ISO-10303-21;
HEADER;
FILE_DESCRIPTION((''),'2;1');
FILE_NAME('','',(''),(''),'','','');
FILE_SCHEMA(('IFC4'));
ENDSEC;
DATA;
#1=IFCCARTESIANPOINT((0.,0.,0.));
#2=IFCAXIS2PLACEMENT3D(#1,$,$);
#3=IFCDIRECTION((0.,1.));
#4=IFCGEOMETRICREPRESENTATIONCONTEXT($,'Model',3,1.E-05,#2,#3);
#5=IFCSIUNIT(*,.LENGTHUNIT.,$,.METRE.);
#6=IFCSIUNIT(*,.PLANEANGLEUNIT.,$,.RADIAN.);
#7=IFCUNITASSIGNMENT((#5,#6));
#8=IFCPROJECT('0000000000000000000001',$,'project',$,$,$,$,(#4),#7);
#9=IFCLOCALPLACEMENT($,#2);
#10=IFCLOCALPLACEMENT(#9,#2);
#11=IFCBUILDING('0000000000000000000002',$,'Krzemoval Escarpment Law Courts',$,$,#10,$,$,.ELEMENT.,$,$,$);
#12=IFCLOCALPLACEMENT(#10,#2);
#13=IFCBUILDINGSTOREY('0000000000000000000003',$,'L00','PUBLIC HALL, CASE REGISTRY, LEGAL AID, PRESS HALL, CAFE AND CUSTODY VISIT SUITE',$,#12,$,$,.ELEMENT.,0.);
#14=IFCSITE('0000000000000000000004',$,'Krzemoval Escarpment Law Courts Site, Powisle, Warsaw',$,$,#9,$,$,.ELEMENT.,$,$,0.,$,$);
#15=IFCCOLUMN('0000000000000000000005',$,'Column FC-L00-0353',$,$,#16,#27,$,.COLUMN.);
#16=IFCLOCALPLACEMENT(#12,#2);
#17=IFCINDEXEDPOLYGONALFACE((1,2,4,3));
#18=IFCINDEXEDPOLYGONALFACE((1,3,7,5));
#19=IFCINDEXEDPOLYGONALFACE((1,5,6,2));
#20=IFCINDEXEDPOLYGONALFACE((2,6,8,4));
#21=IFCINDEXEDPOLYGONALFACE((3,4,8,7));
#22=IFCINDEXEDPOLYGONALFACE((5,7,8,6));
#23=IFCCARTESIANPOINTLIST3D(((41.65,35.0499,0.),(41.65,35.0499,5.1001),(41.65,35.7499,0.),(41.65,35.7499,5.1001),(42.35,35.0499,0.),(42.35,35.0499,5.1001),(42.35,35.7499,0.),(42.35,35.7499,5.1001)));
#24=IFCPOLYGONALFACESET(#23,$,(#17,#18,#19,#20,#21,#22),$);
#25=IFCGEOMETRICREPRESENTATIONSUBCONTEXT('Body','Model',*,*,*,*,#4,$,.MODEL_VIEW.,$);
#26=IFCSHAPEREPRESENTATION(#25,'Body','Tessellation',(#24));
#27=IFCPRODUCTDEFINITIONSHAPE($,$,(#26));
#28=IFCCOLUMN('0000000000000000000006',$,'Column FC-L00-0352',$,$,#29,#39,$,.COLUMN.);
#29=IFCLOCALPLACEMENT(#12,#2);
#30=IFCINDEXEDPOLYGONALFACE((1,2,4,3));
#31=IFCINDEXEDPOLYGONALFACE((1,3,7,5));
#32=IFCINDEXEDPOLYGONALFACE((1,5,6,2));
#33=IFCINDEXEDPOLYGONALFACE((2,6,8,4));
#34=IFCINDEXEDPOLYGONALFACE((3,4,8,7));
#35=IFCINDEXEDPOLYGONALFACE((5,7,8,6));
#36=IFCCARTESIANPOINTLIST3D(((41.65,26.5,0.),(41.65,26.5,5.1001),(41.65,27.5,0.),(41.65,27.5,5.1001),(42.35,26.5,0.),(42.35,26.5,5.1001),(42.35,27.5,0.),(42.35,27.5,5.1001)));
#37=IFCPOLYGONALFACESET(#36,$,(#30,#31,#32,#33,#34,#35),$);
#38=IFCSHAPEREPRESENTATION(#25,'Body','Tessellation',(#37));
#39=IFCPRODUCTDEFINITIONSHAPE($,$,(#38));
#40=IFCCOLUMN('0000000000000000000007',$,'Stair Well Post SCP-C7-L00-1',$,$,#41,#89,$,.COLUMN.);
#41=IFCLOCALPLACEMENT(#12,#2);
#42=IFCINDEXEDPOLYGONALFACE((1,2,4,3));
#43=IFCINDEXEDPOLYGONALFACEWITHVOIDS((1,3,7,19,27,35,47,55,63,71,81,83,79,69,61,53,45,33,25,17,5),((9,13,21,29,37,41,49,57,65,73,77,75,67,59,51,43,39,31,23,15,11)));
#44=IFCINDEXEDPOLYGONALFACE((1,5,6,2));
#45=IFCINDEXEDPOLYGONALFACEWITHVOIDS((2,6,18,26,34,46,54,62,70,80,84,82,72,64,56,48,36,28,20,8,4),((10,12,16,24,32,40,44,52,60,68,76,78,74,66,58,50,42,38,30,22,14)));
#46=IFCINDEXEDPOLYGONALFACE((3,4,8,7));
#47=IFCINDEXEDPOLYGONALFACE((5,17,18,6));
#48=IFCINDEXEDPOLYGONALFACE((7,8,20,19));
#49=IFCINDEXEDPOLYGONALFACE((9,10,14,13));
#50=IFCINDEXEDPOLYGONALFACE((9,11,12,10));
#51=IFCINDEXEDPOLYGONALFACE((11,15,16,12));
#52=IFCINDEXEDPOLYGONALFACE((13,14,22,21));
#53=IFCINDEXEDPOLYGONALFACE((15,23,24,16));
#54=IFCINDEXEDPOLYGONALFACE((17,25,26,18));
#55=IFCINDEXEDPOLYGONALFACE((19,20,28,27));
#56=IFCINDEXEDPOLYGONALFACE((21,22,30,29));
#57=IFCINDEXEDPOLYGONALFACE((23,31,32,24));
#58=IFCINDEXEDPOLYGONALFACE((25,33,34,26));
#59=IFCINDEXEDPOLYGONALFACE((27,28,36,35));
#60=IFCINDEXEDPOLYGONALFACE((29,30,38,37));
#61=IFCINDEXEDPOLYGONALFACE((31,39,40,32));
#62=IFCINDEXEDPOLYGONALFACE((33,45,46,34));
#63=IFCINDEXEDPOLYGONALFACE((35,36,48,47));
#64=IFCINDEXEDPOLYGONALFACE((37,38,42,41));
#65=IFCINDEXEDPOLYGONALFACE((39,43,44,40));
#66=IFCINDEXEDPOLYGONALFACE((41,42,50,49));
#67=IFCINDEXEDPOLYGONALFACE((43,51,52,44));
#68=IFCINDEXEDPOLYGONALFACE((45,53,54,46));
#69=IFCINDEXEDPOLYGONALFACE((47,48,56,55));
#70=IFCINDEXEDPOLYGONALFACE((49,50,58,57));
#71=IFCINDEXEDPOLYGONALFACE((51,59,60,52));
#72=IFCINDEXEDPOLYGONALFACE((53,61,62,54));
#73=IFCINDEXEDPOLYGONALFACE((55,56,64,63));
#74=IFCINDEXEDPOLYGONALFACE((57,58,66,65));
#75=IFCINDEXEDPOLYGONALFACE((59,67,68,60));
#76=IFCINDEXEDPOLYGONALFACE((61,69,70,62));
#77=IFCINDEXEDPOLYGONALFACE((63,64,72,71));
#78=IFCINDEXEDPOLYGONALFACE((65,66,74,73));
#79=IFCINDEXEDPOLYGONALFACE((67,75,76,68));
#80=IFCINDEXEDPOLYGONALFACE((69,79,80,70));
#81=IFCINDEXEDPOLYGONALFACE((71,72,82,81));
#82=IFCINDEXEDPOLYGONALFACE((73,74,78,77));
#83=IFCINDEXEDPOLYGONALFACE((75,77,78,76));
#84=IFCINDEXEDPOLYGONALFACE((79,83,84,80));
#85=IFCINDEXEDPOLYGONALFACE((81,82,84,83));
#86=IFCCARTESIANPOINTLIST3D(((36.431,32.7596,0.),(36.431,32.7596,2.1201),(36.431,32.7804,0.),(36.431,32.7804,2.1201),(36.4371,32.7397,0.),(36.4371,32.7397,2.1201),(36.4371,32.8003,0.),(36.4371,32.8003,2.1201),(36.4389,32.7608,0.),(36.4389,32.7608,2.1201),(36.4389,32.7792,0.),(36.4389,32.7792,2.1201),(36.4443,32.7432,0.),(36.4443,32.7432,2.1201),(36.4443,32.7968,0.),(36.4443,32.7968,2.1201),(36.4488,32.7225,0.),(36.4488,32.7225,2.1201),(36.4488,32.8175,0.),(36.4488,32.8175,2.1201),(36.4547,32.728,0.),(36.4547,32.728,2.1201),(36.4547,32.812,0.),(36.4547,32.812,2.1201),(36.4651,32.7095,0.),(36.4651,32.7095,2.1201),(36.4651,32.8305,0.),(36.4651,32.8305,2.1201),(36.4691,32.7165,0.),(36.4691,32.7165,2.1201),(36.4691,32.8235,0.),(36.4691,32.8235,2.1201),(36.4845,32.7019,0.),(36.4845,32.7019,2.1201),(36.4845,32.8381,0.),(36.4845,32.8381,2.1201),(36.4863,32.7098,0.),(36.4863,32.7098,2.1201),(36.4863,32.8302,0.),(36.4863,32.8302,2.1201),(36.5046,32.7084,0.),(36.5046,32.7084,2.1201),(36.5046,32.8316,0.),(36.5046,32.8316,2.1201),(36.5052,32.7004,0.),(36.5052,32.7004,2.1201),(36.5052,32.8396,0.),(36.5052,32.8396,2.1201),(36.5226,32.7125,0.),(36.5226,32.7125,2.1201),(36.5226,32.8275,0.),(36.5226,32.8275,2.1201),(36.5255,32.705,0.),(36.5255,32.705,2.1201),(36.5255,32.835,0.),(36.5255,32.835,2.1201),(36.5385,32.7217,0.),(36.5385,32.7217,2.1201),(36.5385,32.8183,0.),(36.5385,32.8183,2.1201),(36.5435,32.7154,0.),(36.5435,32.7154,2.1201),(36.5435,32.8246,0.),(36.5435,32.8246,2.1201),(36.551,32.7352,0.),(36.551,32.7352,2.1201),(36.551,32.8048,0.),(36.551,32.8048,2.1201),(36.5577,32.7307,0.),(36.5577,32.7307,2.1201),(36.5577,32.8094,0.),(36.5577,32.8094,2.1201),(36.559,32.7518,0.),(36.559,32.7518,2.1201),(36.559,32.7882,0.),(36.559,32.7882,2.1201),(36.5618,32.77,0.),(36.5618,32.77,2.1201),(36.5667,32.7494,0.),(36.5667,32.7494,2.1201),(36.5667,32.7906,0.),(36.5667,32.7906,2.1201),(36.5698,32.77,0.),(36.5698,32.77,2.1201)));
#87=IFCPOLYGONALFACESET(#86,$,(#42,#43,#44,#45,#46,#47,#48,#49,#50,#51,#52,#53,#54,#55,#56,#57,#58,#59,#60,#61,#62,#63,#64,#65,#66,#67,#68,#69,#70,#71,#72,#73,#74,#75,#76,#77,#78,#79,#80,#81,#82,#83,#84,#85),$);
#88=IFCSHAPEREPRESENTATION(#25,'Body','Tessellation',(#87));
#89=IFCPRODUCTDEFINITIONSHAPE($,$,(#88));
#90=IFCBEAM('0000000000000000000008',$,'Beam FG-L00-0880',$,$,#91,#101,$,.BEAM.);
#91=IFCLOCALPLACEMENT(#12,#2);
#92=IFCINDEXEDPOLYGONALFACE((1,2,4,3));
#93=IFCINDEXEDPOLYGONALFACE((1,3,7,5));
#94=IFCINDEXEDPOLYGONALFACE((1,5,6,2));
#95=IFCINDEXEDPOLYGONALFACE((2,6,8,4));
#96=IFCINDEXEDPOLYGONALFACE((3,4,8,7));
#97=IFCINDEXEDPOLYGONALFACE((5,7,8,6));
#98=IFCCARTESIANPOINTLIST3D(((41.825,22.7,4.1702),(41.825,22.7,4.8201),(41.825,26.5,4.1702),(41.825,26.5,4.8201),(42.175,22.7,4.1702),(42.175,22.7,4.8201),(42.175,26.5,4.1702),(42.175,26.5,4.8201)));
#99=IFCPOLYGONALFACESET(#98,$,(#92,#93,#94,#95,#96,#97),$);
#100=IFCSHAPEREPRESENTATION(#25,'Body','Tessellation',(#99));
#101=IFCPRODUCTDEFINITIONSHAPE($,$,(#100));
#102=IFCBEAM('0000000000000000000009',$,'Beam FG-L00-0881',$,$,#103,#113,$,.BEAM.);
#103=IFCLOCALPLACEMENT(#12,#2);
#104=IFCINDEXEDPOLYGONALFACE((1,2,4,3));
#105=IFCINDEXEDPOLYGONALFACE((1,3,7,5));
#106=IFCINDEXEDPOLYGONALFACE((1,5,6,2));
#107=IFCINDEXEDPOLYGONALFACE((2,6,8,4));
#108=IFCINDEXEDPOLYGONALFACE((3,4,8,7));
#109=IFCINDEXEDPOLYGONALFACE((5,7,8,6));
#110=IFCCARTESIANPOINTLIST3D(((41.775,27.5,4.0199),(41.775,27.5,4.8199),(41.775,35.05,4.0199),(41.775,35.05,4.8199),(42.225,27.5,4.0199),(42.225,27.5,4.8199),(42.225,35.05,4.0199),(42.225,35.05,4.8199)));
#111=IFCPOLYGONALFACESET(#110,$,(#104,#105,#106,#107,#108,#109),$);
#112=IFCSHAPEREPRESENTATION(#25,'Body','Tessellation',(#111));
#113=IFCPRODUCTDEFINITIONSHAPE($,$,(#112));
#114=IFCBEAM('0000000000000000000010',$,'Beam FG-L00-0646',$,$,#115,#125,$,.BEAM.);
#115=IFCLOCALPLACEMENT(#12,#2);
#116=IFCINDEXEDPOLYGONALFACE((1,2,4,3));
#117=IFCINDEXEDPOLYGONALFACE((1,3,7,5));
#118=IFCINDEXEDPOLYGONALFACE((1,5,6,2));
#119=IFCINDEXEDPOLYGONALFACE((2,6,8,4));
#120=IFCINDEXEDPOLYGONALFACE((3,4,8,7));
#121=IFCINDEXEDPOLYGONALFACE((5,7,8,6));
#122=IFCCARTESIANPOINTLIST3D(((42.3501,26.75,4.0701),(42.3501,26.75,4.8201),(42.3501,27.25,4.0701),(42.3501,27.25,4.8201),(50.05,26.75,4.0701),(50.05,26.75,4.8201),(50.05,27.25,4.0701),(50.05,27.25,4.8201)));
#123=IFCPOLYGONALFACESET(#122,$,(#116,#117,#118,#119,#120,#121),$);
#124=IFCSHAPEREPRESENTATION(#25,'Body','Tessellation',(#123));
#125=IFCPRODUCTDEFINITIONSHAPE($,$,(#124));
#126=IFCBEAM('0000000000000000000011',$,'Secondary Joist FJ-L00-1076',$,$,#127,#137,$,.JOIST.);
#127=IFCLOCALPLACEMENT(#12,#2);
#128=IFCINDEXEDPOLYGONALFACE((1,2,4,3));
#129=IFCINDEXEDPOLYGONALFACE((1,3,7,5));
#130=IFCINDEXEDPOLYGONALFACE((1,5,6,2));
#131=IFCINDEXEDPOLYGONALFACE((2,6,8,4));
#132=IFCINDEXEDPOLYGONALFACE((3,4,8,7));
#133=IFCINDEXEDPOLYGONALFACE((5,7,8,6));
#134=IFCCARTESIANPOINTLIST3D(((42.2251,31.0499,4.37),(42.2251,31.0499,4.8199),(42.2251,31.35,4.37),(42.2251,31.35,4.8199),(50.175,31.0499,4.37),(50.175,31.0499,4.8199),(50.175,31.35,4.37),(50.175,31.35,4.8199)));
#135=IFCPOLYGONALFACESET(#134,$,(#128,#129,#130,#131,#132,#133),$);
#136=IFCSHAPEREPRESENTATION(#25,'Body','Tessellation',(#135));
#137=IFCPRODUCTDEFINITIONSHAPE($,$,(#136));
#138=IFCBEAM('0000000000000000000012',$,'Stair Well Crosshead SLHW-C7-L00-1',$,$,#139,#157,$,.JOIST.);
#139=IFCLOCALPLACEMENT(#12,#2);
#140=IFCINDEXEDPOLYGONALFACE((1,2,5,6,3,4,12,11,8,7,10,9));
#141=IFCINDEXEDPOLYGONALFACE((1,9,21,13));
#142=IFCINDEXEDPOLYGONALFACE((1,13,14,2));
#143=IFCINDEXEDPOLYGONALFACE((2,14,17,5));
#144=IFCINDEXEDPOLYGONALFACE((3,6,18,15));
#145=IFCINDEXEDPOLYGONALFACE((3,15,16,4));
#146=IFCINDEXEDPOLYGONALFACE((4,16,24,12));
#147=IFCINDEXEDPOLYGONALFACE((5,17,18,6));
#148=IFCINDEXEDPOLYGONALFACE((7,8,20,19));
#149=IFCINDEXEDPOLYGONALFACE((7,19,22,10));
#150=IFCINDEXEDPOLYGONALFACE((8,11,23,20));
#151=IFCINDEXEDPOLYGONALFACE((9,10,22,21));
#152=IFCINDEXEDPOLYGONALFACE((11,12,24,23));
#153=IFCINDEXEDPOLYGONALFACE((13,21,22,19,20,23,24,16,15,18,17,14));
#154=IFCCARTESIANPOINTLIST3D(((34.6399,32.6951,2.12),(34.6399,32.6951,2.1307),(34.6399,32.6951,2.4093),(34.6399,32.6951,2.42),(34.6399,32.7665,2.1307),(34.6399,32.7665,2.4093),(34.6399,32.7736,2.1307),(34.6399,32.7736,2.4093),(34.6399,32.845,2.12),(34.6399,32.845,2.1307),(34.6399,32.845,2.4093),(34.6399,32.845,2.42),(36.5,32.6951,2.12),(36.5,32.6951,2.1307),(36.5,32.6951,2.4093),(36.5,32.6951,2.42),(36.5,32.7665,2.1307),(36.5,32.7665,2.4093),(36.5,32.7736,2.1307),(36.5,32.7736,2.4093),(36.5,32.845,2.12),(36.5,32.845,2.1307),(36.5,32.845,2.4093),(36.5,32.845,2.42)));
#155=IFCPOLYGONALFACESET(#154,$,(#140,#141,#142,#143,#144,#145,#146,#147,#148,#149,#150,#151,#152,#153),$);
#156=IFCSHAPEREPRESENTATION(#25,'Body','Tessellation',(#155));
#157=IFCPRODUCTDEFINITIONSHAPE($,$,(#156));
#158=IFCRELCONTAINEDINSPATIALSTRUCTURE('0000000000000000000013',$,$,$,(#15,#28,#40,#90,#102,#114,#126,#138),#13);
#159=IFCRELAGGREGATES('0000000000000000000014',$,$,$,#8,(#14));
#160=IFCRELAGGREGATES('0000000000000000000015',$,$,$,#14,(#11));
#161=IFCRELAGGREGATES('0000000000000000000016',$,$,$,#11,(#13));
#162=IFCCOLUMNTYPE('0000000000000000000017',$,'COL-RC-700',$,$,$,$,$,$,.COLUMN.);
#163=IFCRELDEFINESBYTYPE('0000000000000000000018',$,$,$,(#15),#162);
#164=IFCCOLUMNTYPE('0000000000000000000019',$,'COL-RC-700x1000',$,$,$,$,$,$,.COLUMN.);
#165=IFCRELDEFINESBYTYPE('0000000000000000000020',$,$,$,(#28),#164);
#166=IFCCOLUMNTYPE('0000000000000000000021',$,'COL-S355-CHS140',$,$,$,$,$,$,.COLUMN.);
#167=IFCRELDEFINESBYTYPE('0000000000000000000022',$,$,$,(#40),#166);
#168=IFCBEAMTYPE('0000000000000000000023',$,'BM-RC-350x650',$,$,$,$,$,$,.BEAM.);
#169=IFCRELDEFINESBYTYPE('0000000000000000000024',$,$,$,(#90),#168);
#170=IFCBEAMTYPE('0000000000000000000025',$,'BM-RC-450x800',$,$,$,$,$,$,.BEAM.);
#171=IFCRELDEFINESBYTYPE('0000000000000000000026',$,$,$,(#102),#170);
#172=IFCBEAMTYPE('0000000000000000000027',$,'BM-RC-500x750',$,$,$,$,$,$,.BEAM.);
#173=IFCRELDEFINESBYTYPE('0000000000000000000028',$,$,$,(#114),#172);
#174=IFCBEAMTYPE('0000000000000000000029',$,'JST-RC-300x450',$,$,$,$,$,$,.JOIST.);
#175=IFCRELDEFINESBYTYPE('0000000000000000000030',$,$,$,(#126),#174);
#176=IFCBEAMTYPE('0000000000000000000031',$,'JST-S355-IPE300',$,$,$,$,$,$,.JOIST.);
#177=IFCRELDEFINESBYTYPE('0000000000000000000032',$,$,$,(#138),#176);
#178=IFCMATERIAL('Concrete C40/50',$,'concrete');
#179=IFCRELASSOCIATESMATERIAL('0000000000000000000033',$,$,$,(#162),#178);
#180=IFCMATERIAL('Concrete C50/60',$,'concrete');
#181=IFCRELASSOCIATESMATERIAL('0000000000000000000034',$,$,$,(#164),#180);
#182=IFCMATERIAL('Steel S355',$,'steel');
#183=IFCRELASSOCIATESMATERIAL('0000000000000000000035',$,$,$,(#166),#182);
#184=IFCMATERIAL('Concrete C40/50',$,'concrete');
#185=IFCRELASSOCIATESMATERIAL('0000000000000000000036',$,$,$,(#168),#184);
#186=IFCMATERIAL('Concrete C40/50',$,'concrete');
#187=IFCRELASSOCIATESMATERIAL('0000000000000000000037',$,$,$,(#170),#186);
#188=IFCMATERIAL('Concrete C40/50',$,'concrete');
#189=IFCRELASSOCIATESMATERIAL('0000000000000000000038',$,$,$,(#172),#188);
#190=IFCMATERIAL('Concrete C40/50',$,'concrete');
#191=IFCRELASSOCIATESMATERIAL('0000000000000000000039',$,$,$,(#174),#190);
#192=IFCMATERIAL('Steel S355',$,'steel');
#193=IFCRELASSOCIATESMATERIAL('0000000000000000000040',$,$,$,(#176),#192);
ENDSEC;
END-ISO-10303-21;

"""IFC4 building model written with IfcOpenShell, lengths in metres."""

from ifc_helpers import new_model, si_unit, direction, frame, origin, origin_2d, place, context, subcontext, project, spatial, rectangle, hollow_circle, i_section, extrude, material, material_profile, profile_set, type_object, element, save


model = new_model("IFC4")

# Units and contexts
model_context = context("Model", 3, precision=1e-05, world=origin(), true_north=direction((0.0, 1.0)))
body_context = subcontext(model_context, "Body", "Model", "MODEL_VIEW")
ifc_project = project(units=[si_unit("LENGTHUNIT", "METRE"), si_unit("PLANEANGLEUNIT", "RADIAN")], contexts=[model_context])

# Site, building, storey
site_placement = place(None, origin())
site = spatial("IfcSite", under=ifc_project, at=site_placement, Name="Krzemoval Escarpment Law Courts Site, Powisle, Warsaw", CompositionType="ELEMENT", RefElevation=0.0)
building_placement = place(site_placement, origin())
building = spatial("IfcBuilding", under=site, at=building_placement, Name="Krzemoval Escarpment Law Courts", CompositionType="ELEMENT")
storey_placement = place(building_placement, origin())
storey = spatial("IfcBuildingStorey", under=building, at=storey_placement, Name="L00", Description="PUBLIC HALL, CASE REGISTRY, LEGAL AID, PRESS HALL, CAFE AND CUSTODY VISIT SUITE", CompositionType="ELEMENT", Elevation=0.0)

# Columns
ifc_material_1 = material(Name="Concrete C40/50", Category="concrete")
ifc_material_profile_1 = material_profile(ifc_material_1, rectangle(XDim=0.7, YDim=0.7, at=origin_2d()), Name="RC 700x700")
ifc_profile_set_1 = profile_set([ifc_material_profile_1], Name="Concrete C40/50")
column_type_1 = type_object("IfcColumnType", Name="COL-RC-700", PredefinedType="COLUMN", material=ifc_profile_set_1)
column_1_placement = place(storey_placement, frame((42.0, 35.3999, 0.0), z_axis=(0.0, 0.0, 1.0), x_axis=(1.0, 0.0, 0.0)))
element("IfcColumn", 1, at=column_1_placement, inside=storey, type_object=column_type_1, Name="Column FC-L00-0353", PredefinedType="COLUMN", context=body_context, shape_type="SweptSolid", body=[
    extrude(rectangle(XDim=0.7, YDim=0.7, at=origin_2d()), origin(), (0.0, 0.0, 1.0), 5.1001),
])
ifc_material_2 = material(Name="Concrete C50/60", Category="concrete")
ifc_material_profile_2 = material_profile(ifc_material_2, rectangle(XDim=0.7, YDim=1.0, at=origin_2d()), Name="RC 700x1000")
ifc_profile_set_2 = profile_set([ifc_material_profile_2], Name="Concrete C50/60")
column_type_2 = type_object("IfcColumnType", Name="COL-RC-700x1000", PredefinedType="COLUMN", material=ifc_profile_set_2)
column_2_placement = place(storey_placement, frame((42.0, 27.0, 0.0), z_axis=(0.0, 0.0, 1.0), x_axis=(1.0, 0.0, 0.0)))
element("IfcColumn", 2, at=column_2_placement, inside=storey, type_object=column_type_2, Name="Column FC-L00-0352", PredefinedType="COLUMN", context=body_context, shape_type="SweptSolid", body=[
    extrude(rectangle(XDim=0.7, YDim=1.0, at=origin_2d()), origin(), (0.0, 0.0, 1.0), 5.1001),
])
ifc_material_3 = material(Name="Steel S355", Category="steel")
ifc_material_profile_3 = material_profile(ifc_material_3, hollow_circle(Radius=0.0698, WallThickness=0.0081, at=origin_2d()), Name="CHS 139.7x8")
ifc_profile_set_3 = profile_set([ifc_material_profile_3], Name="Steel S355")
column_type_3 = type_object("IfcColumnType", Name="COL-S355-CHS140", PredefinedType="COLUMN", material=ifc_profile_set_3)
column_3_placement = place(storey_placement, frame((36.5, 32.77, 0.0), z_axis=(0.0, 0.0, 1.0), x_axis=(1.0, 0.0, 0.0)))
element("IfcColumn", 3, at=column_3_placement, inside=storey, type_object=column_type_3, Name="Stair Well Post SCP-C7-L00-1", PredefinedType="COLUMN", context=body_context, shape_type="SweptSolid", body=[
    extrude(hollow_circle(Radius=0.0698, WallThickness=0.0081, at=origin_2d()), origin(), (0.0, 0.0, 1.0), 2.1201),
])

# Beams
ifc_material_4 = material(Name="Concrete C40/50", Category="concrete")
ifc_material_profile_4 = material_profile(ifc_material_4, rectangle(XDim=0.3501, YDim=0.6499, at=origin_2d()), Name="RCB 350x650")
ifc_profile_set_4 = profile_set([ifc_material_profile_4], Name="Concrete C40/50")
beam_type_1 = type_object("IfcBeamType", Name="BM-RC-350x650", PredefinedType="BEAM", material=ifc_profile_set_4)
beam_1_placement = place(storey_placement, frame((42.0, 22.7, 4.4951), z_axis=(0.0, 1.0, 0.0), x_axis=(-1.0, 0.0, 0.0)))
element("IfcBeam", 4, at=beam_1_placement, inside=storey, type_object=beam_type_1, Name="Beam FG-L00-0880", PredefinedType="BEAM", context=body_context, shape_type="SweptSolid", body=[
    extrude(rectangle(XDim=0.3501, YDim=0.6499, at=origin_2d()), origin(), (0.0, 0.0, 1.0), 3.8),
])
ifc_material_5 = material(Name="Concrete C40/50", Category="concrete")
ifc_material_profile_5 = material_profile(ifc_material_5, rectangle(XDim=0.45, YDim=0.8, at=origin_2d()), Name="RCB 450x800")
ifc_profile_set_5 = profile_set([ifc_material_profile_5], Name="Concrete C40/50")
beam_type_2 = type_object("IfcBeamType", Name="BM-RC-450x800", PredefinedType="BEAM", material=ifc_profile_set_5)
beam_2_placement = place(storey_placement, frame((42.0, 27.5, 4.4199), z_axis=(0.0, 1.0, 0.0), x_axis=(-1.0, 0.0, 0.0)))
element("IfcBeam", 5, at=beam_2_placement, inside=storey, type_object=beam_type_2, Name="Beam FG-L00-0881", PredefinedType="BEAM", context=body_context, shape_type="SweptSolid", body=[
    extrude(rectangle(XDim=0.45, YDim=0.8, at=origin_2d()), origin(), (0.0, 0.0, 1.0), 7.55),
])
ifc_material_6 = material(Name="Concrete C40/50", Category="concrete")
ifc_material_profile_6 = material_profile(ifc_material_6, rectangle(XDim=0.5, YDim=0.75, at=origin_2d()), Name="RCB 500x750")
ifc_profile_set_6 = profile_set([ifc_material_profile_6], Name="Concrete C40/50")
beam_type_3 = type_object("IfcBeamType", Name="BM-RC-500x750", PredefinedType="BEAM", material=ifc_profile_set_6)
beam_3_placement = place(storey_placement, frame((42.3501, 27.0, 4.4451), z_axis=(1.0, 0.0, 0.0), x_axis=(0.0, 1.0, 0.0)))
element("IfcBeam", 6, at=beam_3_placement, inside=storey, type_object=beam_type_3, Name="Beam FG-L00-0646", PredefinedType="BEAM", context=body_context, shape_type="SweptSolid", body=[
    extrude(rectangle(XDim=0.5, YDim=0.75, at=origin_2d()), origin(), (0.0, 0.0, 1.0), 7.7),
])
ifc_material_7 = material(Name="Concrete C40/50", Category="concrete")
ifc_material_profile_7 = material_profile(ifc_material_7, rectangle(XDim=0.3, YDim=0.45, at=origin_2d()), Name="RCB 300x450")
ifc_profile_set_7 = profile_set([ifc_material_profile_7], Name="Concrete C40/50")
beam_type_4 = type_object("IfcBeamType", Name="JST-RC-300x450", PredefinedType="JOIST", material=ifc_profile_set_7)
beam_4_placement = place(storey_placement, frame((42.2251, 31.2, 4.595), z_axis=(1.0, 0.0, 0.0), x_axis=(0.0, 1.0, 0.0)))
element("IfcBeam", 7, at=beam_4_placement, inside=storey, type_object=beam_type_4, Name="Secondary Joist FJ-L00-1076", PredefinedType="JOIST", context=body_context, shape_type="SweptSolid", body=[
    extrude(rectangle(XDim=0.3, YDim=0.45, at=origin_2d()), origin(), (0.0, 0.0, 1.0), 7.95),
])
ifc_material_8 = material(Name="Steel S355", Category="steel")
ifc_material_profile_8 = material_profile(ifc_material_8, i_section(OverallWidth=0.1499, OverallDepth=0.3, WebThickness=0.0071, FlangeThickness=0.0107, at=origin_2d()), Name="IPE 300")
ifc_profile_set_8 = profile_set([ifc_material_profile_8], Name="Steel S355")
beam_type_5 = type_object("IfcBeamType", Name="JST-S355-IPE300", PredefinedType="JOIST", material=ifc_profile_set_8)
beam_5_placement = place(storey_placement, frame((36.5, 32.77, 2.27), z_axis=(-1.0, 0.0, 0.0), x_axis=(0.0, -1.0, 0.0)))
element("IfcBeam", 8, at=beam_5_placement, inside=storey, type_object=beam_type_5, Name="Stair Well Crosshead SLHW-C7-L00-1", PredefinedType="JOIST", context=body_context, shape_type="SweptSolid", body=[
    extrude(i_section(OverallWidth=0.1499, OverallDepth=0.3, WebThickness=0.0071, FlangeThickness=0.0107, at=origin_2d()), origin(), (0.0, 0.0, 1.0), 1.8601),
])

save(model, "model.ifc")
